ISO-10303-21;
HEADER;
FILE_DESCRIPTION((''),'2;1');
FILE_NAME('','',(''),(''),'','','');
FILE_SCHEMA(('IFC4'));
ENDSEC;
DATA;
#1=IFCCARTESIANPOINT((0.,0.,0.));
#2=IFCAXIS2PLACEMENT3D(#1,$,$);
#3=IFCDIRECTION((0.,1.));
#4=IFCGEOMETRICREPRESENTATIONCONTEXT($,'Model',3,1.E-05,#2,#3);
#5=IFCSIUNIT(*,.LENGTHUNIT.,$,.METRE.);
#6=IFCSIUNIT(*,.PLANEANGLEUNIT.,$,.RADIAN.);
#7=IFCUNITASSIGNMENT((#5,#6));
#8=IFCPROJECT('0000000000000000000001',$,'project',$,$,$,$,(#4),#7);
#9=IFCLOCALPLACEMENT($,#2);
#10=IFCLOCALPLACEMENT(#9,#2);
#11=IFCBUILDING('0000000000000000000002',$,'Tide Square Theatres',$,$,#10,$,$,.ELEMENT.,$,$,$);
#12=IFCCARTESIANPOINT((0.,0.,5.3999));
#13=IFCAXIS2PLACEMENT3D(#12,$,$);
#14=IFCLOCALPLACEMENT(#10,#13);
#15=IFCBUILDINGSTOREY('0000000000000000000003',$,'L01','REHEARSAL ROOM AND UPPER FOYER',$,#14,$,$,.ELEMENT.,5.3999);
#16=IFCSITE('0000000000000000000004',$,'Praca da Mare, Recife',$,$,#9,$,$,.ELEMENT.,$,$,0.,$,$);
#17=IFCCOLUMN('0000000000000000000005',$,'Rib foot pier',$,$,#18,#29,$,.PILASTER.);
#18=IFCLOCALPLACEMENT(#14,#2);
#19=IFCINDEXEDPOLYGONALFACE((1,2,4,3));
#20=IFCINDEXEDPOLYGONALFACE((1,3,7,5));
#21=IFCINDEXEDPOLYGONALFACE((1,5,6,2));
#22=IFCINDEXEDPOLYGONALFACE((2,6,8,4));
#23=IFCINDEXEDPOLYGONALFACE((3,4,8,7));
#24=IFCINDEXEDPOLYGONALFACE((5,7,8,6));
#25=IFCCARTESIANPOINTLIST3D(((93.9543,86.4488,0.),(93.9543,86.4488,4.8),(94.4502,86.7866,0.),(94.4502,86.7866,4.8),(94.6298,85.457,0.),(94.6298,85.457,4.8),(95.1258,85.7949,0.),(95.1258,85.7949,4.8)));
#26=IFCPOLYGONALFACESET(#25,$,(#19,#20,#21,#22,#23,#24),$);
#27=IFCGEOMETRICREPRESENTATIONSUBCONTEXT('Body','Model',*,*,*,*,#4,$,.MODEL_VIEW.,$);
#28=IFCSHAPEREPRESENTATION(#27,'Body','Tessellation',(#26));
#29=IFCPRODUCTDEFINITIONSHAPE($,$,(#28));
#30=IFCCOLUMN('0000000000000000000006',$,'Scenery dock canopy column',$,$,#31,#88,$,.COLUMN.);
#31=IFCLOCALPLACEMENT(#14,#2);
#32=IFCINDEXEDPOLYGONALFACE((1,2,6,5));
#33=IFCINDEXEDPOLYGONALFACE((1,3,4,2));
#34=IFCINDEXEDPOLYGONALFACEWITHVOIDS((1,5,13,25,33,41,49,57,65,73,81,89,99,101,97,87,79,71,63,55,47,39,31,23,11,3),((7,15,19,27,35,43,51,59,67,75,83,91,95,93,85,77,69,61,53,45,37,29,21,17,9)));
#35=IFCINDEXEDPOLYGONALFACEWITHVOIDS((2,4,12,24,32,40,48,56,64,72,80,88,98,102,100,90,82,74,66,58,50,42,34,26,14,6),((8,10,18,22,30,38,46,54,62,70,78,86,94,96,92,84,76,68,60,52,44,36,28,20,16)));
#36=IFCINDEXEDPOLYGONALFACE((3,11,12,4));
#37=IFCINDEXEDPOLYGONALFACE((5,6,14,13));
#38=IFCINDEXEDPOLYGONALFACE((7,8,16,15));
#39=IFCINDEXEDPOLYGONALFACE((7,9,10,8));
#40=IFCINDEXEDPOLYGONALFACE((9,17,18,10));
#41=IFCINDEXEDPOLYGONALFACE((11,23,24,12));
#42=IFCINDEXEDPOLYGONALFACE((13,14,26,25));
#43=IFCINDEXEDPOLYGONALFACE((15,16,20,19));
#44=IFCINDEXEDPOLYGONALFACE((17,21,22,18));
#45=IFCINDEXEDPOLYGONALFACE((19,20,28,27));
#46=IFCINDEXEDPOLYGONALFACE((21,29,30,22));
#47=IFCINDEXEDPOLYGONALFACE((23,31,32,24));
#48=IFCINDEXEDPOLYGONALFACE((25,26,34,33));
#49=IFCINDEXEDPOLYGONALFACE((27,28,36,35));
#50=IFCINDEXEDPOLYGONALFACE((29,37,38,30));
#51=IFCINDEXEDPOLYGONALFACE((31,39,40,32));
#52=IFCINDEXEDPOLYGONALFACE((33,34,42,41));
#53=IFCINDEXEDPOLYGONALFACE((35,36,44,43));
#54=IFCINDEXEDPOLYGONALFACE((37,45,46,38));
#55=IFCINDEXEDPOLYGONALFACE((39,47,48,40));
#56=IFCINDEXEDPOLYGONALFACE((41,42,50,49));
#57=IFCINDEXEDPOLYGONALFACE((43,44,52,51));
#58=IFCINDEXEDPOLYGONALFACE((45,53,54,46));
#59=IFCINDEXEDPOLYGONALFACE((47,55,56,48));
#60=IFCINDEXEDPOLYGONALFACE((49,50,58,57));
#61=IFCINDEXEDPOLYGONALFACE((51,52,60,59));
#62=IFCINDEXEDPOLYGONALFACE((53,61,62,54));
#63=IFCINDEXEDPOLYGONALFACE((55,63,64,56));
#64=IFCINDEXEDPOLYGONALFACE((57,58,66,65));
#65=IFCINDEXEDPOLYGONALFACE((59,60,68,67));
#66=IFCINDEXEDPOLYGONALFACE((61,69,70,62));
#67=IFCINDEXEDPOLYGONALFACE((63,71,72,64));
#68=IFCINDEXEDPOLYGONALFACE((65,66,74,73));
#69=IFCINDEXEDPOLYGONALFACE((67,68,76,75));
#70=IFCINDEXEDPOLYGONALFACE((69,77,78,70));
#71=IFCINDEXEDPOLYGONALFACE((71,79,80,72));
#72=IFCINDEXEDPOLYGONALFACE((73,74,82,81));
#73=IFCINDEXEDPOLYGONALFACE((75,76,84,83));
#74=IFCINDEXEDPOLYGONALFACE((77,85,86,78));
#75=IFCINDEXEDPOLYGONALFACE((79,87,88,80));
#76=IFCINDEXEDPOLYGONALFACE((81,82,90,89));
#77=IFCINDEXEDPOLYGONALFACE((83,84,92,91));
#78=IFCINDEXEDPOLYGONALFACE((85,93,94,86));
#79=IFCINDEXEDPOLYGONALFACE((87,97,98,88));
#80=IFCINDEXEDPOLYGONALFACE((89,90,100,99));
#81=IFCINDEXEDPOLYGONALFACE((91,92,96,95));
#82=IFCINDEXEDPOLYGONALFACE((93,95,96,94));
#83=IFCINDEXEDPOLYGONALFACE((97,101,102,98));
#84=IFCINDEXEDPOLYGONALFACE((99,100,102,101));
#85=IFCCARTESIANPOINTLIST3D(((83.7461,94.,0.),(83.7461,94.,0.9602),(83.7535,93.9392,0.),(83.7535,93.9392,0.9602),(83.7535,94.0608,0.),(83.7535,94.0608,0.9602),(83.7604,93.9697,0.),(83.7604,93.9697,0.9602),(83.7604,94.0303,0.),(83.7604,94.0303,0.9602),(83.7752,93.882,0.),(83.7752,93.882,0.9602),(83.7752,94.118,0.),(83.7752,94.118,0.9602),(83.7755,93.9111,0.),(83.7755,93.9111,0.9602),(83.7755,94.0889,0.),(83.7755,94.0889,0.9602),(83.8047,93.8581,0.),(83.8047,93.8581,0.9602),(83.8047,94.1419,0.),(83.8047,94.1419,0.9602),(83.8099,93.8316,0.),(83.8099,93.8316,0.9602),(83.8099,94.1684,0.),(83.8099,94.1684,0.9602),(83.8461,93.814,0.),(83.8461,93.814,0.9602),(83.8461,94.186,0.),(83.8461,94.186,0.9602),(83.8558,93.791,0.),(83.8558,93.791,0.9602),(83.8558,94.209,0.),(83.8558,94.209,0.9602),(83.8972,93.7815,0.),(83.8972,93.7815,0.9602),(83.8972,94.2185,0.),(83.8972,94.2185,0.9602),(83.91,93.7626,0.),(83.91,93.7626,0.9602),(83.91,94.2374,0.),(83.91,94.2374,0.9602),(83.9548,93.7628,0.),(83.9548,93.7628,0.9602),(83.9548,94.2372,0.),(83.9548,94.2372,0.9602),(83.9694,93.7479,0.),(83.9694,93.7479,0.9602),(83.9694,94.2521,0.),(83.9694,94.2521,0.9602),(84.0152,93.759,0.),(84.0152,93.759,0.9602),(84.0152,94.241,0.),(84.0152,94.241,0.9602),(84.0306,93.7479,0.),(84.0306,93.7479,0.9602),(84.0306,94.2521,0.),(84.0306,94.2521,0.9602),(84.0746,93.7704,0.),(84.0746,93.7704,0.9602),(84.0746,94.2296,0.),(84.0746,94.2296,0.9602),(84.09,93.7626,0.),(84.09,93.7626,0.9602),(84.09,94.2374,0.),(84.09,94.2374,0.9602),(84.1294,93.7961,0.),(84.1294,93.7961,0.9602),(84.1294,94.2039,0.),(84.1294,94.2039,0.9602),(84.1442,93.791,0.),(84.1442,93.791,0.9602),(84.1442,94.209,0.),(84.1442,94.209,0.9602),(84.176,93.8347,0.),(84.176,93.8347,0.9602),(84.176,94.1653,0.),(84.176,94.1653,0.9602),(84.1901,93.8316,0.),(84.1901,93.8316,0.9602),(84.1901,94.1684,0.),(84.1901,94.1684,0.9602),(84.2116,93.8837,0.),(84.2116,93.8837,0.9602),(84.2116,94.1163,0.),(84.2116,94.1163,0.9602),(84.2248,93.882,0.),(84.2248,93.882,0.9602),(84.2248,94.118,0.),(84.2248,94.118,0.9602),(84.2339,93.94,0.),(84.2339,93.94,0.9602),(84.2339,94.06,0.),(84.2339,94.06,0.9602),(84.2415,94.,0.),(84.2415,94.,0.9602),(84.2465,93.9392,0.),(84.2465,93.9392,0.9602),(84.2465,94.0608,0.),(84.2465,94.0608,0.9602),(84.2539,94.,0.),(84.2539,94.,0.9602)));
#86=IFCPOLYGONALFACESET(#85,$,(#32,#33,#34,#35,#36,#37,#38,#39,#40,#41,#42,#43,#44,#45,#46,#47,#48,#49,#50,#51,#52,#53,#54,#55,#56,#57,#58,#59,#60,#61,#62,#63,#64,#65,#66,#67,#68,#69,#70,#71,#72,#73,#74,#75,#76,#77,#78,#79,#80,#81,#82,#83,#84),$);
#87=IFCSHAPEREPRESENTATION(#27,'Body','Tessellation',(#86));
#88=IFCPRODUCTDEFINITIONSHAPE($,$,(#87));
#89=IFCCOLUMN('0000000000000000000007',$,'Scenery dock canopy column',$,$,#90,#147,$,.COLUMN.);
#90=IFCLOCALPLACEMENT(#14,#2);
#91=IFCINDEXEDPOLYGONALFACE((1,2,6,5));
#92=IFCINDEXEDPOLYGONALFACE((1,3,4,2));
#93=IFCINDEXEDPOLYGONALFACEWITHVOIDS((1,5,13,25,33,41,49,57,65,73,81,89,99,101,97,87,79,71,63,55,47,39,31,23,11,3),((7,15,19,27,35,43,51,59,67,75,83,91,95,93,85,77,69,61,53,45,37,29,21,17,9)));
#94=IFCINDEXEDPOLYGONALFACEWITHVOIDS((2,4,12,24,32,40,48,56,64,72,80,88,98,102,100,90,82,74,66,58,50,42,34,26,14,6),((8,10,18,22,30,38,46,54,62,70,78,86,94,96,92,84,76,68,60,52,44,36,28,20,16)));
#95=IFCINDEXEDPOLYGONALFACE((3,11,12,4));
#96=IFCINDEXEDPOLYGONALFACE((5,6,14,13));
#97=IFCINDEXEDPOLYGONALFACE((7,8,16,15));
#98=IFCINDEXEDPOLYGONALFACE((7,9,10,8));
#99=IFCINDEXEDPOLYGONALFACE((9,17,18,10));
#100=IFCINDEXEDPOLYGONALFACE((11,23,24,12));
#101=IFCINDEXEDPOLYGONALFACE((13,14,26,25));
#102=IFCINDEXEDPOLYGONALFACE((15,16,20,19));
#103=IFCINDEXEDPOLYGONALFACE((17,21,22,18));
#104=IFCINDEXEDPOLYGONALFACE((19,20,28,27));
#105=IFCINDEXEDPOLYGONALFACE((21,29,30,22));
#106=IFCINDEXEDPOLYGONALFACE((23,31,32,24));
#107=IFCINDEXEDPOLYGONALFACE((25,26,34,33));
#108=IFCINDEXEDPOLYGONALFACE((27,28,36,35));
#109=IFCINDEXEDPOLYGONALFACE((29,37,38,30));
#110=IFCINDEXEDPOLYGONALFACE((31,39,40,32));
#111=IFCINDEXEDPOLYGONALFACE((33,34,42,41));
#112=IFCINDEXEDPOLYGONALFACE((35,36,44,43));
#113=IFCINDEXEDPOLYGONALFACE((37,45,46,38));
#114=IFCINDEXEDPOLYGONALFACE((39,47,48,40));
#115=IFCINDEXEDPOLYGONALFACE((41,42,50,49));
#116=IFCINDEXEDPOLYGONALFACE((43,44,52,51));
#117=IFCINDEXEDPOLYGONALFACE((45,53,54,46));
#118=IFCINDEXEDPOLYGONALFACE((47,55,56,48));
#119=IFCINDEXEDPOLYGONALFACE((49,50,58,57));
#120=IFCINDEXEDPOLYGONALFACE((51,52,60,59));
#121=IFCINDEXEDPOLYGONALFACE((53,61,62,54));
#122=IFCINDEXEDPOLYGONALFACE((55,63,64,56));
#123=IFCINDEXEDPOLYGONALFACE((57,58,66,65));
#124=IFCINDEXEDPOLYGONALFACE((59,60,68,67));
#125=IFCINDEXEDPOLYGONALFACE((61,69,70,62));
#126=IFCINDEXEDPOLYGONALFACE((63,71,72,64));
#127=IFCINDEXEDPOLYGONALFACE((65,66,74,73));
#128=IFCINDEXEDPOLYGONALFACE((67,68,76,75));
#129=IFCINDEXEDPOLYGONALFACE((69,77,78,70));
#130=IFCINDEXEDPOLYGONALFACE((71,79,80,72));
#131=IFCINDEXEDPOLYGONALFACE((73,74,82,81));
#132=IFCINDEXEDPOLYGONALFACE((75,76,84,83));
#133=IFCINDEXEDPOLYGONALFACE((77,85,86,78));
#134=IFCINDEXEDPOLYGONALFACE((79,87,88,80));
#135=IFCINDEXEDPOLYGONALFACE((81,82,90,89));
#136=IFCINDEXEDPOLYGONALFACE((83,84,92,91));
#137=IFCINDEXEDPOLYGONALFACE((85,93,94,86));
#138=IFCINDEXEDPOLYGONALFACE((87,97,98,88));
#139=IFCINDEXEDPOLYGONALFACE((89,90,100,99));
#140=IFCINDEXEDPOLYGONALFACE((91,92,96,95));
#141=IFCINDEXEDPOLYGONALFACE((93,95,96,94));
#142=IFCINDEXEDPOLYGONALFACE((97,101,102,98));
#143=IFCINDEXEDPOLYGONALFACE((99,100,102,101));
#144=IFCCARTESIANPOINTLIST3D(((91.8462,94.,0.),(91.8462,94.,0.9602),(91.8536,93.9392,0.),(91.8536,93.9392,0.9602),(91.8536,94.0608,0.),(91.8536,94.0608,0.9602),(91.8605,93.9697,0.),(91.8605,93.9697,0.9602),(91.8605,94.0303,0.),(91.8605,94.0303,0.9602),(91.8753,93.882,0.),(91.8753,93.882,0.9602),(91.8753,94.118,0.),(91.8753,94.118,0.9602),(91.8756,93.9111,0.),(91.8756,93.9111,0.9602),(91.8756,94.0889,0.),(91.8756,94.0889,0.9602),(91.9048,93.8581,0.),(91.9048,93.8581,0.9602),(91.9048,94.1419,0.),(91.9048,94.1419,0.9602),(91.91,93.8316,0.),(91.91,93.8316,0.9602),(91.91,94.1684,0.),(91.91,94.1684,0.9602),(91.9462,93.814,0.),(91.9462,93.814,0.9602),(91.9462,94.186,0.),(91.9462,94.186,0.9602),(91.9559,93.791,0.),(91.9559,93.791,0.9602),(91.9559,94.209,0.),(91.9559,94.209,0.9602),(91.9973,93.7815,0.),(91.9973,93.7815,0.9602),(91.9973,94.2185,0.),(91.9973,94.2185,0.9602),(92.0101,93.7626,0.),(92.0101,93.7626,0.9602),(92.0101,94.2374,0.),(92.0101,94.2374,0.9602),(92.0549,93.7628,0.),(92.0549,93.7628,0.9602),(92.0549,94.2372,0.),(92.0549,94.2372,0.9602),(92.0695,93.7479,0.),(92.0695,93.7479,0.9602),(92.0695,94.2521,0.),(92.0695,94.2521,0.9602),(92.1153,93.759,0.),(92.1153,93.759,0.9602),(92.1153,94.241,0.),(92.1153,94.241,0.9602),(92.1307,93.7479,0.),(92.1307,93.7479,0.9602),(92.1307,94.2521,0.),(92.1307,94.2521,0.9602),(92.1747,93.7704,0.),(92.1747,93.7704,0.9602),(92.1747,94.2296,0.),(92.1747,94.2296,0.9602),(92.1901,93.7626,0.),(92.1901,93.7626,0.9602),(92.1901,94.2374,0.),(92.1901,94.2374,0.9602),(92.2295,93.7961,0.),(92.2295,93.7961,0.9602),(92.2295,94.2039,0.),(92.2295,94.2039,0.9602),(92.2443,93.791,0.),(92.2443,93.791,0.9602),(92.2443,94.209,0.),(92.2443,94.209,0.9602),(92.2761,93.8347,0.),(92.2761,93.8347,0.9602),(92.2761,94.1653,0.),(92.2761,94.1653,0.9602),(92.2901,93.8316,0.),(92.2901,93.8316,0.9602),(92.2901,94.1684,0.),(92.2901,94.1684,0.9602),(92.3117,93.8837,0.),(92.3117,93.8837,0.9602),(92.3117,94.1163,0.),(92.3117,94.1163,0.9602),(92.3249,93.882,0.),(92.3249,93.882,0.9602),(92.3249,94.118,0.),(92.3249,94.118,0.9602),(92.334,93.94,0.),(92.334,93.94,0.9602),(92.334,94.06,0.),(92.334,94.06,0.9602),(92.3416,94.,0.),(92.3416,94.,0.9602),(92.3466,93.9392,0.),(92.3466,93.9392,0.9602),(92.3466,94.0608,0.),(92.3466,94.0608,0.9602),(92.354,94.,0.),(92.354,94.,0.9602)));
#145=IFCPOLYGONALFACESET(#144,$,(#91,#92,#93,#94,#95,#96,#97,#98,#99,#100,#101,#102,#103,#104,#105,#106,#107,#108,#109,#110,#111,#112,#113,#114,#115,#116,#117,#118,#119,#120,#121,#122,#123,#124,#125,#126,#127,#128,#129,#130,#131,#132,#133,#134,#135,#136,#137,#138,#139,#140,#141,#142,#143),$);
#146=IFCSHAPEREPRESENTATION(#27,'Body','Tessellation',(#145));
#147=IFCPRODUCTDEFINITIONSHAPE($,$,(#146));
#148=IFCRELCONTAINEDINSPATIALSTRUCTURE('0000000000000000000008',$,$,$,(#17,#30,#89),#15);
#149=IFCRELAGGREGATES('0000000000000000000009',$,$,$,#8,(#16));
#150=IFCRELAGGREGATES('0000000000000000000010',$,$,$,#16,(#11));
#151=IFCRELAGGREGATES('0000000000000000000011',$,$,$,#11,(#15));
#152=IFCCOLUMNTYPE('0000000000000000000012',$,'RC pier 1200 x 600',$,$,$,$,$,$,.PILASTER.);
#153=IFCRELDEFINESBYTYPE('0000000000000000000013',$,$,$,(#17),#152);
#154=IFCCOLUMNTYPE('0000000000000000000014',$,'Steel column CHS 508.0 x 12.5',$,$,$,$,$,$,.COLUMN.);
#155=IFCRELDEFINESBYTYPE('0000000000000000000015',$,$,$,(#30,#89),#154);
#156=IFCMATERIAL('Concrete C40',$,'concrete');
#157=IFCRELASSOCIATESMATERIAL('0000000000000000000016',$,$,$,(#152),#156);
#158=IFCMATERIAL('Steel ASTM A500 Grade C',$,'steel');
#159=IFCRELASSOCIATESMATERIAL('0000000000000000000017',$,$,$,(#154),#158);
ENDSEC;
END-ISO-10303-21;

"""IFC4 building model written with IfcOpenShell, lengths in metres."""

from ifc_helpers import new_model, si_unit, direction, frame, origin, origin_2d, place, context, subcontext, project, spatial, rectangle, hollow_circle, extrude, material, material_profile, profile_set, type_object, element, save


model = new_model("IFC4")

# Units and contexts
model_context = context("Model", 3, precision=1e-05, world=origin(), true_north=direction((0.0, 1.0)))
body_context = subcontext(model_context, "Body", "Model", "MODEL_VIEW")
ifc_project = project(units=[si_unit("LENGTHUNIT", "METRE"), si_unit("PLANEANGLEUNIT", "RADIAN")], contexts=[model_context])

# Site, building, storey
site_placement = place(None, origin())
site = spatial("IfcSite", under=ifc_project, at=site_placement, Name="Praca da Mare, Recife", CompositionType="ELEMENT", RefElevation=0.0)
building_placement = place(site_placement, origin())
building = spatial("IfcBuilding", under=site, at=building_placement, Name="Tide Square Theatres", CompositionType="ELEMENT")
storey_placement = place(building_placement, frame((0.0, 0.0, 5.3999)))
storey = spatial("IfcBuildingStorey", under=building, at=storey_placement, Name="L01", Description="REHEARSAL ROOM AND UPPER FOYER", CompositionType="ELEMENT", Elevation=5.3999)

# Columns
ifc_material_1 = material(Name="Concrete C40", Category="concrete")
ifc_material_profile_1 = material_profile(ifc_material_1, rectangle(XDim=1.2, YDim=0.6001, at=origin_2d()))
ifc_profile_set_1 = profile_set([ifc_material_profile_1], Name="Concrete C40")
column_type_1 = type_object("IfcColumnType", Name="RC pier 1200 x 600", PredefinedType="PILASTER", material=ifc_profile_set_1)
column_placement = place(storey_placement, frame((94.54, 86.1218, 0.0), z_axis=(0.0, 0.0, 1.0), x_axis=(-0.562978, 0.826472, 0.0)))
element("IfcColumn", 1, at=column_placement, inside=storey, type_object=column_type_1, Name="Rib foot pier", PredefinedType="PILASTER", context=body_context, shape_type="SweptSolid", body=[
    extrude(rectangle(XDim=1.2, YDim=0.6001, at=origin_2d()), origin(), (0.0, 0.0, 1.0), 4.8),
])
ifc_material_2 = material(Name="Steel ASTM A500 Grade C", Category="steel")
ifc_material_profile_2 = material_profile(ifc_material_2, hollow_circle(Radius=0.2539, WallThickness=0.0125, at=origin_2d()))
ifc_profile_set_2 = profile_set([ifc_material_profile_2], Name="Steel ASTM A500 Grade C")
column_type_2 = type_object("IfcColumnType", Name="Steel column CHS 508.0 x 12.5", PredefinedType="COLUMN", material=ifc_profile_set_2)
for number, where, z_axis, x_axis, name in (
    (2, (84.0, 94.0, 0.0), (0.0, 0.0, 1.0), (1.0, 0.0, 0.0), "Scenery dock canopy column"),
    (3, (92.1001, 94.0, 0.0), (0.0, 0.0, 1.0), (1.0, 0.0, 0.0), "Scenery dock canopy column"),
):
    element("IfcColumn", number, at=place(storey_placement, frame(where, z_axis=z_axis, x_axis=x_axis)), inside=storey, type_object=column_type_2, Name=name, PredefinedType="COLUMN", context=body_context, shape_type="SweptSolid", body=[
        extrude(hollow_circle(Radius=0.2539, WallThickness=0.0125, at=origin_2d()), origin(), (0.0, 0.0, 1.0), 0.9602),
    ])

save(model, "model.ifc")
